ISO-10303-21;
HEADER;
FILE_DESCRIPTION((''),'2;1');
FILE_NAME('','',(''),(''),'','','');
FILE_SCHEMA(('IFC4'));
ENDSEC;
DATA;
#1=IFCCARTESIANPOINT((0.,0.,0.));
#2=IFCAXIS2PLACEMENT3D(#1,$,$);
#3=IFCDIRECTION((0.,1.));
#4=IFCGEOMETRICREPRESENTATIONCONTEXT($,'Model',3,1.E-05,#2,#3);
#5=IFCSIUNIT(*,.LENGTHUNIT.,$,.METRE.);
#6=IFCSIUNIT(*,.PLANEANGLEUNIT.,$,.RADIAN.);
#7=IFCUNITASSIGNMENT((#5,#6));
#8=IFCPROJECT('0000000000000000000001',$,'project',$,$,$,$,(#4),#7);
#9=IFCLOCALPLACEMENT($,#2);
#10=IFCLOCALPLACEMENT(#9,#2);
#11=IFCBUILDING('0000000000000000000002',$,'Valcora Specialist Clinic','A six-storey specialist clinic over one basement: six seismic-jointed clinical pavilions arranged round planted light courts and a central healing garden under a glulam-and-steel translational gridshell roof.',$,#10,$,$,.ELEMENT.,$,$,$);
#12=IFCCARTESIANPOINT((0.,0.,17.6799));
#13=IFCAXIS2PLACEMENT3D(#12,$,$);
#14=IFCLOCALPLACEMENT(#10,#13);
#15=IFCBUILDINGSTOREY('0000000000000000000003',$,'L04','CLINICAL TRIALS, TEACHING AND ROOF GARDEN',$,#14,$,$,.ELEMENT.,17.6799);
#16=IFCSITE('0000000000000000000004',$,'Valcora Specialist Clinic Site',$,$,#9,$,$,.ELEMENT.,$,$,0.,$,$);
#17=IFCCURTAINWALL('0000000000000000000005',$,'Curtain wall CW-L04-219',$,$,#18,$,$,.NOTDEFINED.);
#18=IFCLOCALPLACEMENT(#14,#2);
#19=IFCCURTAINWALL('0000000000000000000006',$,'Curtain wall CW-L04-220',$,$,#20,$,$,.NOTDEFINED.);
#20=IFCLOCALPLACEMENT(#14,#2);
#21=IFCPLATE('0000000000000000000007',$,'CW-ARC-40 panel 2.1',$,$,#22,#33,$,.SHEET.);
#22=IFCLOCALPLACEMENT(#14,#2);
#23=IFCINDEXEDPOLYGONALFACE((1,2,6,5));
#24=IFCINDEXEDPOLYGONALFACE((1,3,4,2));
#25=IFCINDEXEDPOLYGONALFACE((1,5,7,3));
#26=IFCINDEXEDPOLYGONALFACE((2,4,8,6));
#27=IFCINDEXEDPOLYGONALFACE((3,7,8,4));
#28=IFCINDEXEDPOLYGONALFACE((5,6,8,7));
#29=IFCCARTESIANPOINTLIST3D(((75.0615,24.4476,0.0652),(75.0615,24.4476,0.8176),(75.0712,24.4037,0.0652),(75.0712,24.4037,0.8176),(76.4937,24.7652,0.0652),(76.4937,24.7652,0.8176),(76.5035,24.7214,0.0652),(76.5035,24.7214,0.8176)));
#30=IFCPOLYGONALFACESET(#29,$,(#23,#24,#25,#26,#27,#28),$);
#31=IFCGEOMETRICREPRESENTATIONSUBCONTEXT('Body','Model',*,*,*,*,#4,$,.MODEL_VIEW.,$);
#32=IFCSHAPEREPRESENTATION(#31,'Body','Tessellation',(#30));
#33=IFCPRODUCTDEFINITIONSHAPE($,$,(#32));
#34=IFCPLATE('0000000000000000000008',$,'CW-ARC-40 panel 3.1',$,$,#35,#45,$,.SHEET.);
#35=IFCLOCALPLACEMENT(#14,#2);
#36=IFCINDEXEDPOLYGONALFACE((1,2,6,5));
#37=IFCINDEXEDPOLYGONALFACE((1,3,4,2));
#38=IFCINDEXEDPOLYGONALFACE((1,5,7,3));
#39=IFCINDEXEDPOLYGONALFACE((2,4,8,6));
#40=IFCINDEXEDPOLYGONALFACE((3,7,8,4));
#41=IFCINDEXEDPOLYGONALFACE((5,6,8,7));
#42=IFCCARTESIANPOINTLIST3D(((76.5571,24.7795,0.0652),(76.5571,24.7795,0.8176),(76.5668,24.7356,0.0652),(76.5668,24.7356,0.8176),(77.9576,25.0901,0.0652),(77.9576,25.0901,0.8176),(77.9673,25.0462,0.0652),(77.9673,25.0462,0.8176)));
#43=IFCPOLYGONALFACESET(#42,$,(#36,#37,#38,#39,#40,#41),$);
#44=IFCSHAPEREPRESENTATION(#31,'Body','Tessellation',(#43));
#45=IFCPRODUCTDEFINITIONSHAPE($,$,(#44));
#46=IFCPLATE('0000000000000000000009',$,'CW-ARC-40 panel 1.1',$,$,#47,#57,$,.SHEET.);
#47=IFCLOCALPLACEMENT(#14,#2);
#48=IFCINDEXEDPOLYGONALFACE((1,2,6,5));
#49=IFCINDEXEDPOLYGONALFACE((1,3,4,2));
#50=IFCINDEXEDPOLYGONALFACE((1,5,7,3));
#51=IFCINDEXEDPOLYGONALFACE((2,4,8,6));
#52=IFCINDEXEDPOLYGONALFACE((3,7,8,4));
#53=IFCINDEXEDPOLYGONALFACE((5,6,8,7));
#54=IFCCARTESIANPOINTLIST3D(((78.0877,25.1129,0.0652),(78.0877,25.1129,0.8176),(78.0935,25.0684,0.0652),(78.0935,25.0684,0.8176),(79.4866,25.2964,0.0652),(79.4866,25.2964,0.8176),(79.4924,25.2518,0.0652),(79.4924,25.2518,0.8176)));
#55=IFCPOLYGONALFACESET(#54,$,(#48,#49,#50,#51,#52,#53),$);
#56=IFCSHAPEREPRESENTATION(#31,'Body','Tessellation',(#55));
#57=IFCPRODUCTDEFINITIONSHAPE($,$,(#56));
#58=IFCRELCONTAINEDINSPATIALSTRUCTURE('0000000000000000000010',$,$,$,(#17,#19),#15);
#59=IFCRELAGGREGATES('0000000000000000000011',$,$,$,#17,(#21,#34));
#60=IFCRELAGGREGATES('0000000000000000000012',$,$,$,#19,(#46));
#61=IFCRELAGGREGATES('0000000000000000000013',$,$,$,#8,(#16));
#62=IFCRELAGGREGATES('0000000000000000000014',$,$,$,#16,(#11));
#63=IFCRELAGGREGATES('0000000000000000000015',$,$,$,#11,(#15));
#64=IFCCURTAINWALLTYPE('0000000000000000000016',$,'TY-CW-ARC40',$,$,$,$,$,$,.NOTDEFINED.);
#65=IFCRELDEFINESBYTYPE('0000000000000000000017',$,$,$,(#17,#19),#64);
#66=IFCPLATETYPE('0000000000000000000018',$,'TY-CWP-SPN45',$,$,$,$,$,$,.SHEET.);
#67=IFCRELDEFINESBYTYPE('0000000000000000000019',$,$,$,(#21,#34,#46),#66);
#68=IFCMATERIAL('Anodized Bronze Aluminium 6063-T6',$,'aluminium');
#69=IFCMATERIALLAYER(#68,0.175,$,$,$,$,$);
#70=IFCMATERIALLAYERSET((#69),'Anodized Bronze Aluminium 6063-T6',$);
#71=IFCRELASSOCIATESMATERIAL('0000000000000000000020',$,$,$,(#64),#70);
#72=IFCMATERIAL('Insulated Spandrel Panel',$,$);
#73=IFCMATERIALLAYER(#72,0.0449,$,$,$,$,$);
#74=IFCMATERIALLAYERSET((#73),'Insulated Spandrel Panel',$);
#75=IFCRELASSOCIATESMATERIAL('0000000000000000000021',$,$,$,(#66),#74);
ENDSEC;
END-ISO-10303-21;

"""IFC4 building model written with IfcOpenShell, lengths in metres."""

from ifc_helpers import new_model, si_unit, direction, frame, origin, origin_2d, place, context, subcontext, project, spatial, rectangle, extrude, material, layer, layer_set, type_object, element, aggregate, save


model = new_model("IFC4")

# Units and contexts
model_context = context("Model", 3, precision=1e-05, world=origin(), true_north=direction((0.0, 1.0)))
body_context = subcontext(model_context, "Body", "Model", "MODEL_VIEW")
ifc_project = project(units=[si_unit("LENGTHUNIT", "METRE"), si_unit("PLANEANGLEUNIT", "RADIAN")], contexts=[model_context])

# Site, building, storey
site_placement = place(None, origin())
site = spatial("IfcSite", under=ifc_project, at=site_placement, Name="Valcora Specialist Clinic Site", CompositionType="ELEMENT", RefElevation=0.0)
building_placement = place(site_placement, origin())
building = spatial("IfcBuilding", under=site, at=building_placement, Name="Valcora Specialist Clinic", Description="A six-storey specialist clinic over one basement: six seismic-jointed clinical pavilions arranged round planted light courts and a central healing garden under a glulam-and-steel translational gridshell roof.", CompositionType="ELEMENT")
storey_placement = place(building_placement, frame((0.0, 0.0, 17.6799)))
storey = spatial("IfcBuildingStorey", under=building, at=storey_placement, Name="L04", Description="CLINICAL TRIALS, TEACHING AND ROOF GARDEN", CompositionType="ELEMENT", Elevation=17.6799)

# Shared definitions
ifc_material_1 = material(Name="Anodized Bronze Aluminium 6063-T6", Category="aluminium")
ifc_layer_1 = layer(ifc_material_1, 0.175)
ifc_layer_set_1 = layer_set([ifc_layer_1], Name="Anodized Bronze Aluminium 6063-T6")
curtain_wall_type = type_object("IfcCurtainWallType", Name="TY-CW-ARC40", PredefinedType="NOTDEFINED", material=ifc_layer_set_1)

# Curtain walls
curtain_wall_1_placement = place(storey_placement, origin())
curtain_wall_1 = element("IfcCurtainWall", 1, at=curtain_wall_1_placement, inside=storey, type_object=curtain_wall_type, Name="Curtain wall CW-L04-219", PredefinedType="NOTDEFINED")
curtain_wall_2_placement = place(storey_placement, origin())
curtain_wall_2 = element("IfcCurtainWall", 2, at=curtain_wall_2_placement, inside=storey, type_object=curtain_wall_type, Name="Curtain wall CW-L04-220", PredefinedType="NOTDEFINED")

# Plates
ifc_material_2 = material(Name="Insulated Spandrel Panel")
ifc_layer_2 = layer(ifc_material_2, 0.0449)
ifc_layer_set_2 = layer_set([ifc_layer_2], Name="Insulated Spandrel Panel")
plate_type_1 = type_object("IfcPlateType", Name="TY-CWP-SPN45", PredefinedType="SHEET", material=ifc_layer_set_2)
plate_1_placement = place(storey_placement, frame((75.7825, 24.5845, 0.0652), z_axis=(0.0, 0.0, 1.0), x_axis=(0.976279, 0.216518, 0.0)))
plate_1 = element("IfcPlate", 3, at=plate_1_placement, type_object=plate_type_1, Name="CW-ARC-40 panel 2.1", PredefinedType="SHEET", context=body_context, shape_type="SweptSolid", body=[
    extrude(rectangle(XDim=1.467, YDim=0.0449, at=origin_2d()), origin(), (0.0, 0.0, 1.0), 0.7524),
])
plate_2_placement = place(storey_placement, frame((77.2622, 24.9128, 0.0652), z_axis=(0.0, 0.0, 1.0), x_axis=(0.976279, 0.216518, 0.0)))
plate_2 = element("IfcPlate", 4, at=plate_2_placement, type_object=plate_type_1, Name="CW-ARC-40 panel 3.1", PredefinedType="SHEET", context=body_context, shape_type="SweptSolid", body=[
    extrude(rectangle(XDim=1.4346, YDim=0.0449, at=origin_2d()), origin(), (0.0, 0.0, 1.0), 0.7524),
])
aggregate(curtain_wall_1, [plate_1, plate_2])
plate_3_placement = place(storey_placement, frame((78.79, 25.1824, 0.0652), z_axis=(0.0, 0.0, 1.0), x_axis=(0.991514, 0.129999, 0.0)))
plate_3 = element("IfcPlate", 5, at=plate_3_placement, type_object=plate_type_1, Name="CW-ARC-40 panel 1.1", PredefinedType="SHEET", context=body_context, shape_type="SweptSolid", body=[
    extrude(rectangle(XDim=1.4109, YDim=0.0449, at=origin_2d()), origin(), (0.0, 0.0, 1.0), 0.7524),
])
aggregate(curtain_wall_2, [plate_3])

save(model, "model.ifc")
